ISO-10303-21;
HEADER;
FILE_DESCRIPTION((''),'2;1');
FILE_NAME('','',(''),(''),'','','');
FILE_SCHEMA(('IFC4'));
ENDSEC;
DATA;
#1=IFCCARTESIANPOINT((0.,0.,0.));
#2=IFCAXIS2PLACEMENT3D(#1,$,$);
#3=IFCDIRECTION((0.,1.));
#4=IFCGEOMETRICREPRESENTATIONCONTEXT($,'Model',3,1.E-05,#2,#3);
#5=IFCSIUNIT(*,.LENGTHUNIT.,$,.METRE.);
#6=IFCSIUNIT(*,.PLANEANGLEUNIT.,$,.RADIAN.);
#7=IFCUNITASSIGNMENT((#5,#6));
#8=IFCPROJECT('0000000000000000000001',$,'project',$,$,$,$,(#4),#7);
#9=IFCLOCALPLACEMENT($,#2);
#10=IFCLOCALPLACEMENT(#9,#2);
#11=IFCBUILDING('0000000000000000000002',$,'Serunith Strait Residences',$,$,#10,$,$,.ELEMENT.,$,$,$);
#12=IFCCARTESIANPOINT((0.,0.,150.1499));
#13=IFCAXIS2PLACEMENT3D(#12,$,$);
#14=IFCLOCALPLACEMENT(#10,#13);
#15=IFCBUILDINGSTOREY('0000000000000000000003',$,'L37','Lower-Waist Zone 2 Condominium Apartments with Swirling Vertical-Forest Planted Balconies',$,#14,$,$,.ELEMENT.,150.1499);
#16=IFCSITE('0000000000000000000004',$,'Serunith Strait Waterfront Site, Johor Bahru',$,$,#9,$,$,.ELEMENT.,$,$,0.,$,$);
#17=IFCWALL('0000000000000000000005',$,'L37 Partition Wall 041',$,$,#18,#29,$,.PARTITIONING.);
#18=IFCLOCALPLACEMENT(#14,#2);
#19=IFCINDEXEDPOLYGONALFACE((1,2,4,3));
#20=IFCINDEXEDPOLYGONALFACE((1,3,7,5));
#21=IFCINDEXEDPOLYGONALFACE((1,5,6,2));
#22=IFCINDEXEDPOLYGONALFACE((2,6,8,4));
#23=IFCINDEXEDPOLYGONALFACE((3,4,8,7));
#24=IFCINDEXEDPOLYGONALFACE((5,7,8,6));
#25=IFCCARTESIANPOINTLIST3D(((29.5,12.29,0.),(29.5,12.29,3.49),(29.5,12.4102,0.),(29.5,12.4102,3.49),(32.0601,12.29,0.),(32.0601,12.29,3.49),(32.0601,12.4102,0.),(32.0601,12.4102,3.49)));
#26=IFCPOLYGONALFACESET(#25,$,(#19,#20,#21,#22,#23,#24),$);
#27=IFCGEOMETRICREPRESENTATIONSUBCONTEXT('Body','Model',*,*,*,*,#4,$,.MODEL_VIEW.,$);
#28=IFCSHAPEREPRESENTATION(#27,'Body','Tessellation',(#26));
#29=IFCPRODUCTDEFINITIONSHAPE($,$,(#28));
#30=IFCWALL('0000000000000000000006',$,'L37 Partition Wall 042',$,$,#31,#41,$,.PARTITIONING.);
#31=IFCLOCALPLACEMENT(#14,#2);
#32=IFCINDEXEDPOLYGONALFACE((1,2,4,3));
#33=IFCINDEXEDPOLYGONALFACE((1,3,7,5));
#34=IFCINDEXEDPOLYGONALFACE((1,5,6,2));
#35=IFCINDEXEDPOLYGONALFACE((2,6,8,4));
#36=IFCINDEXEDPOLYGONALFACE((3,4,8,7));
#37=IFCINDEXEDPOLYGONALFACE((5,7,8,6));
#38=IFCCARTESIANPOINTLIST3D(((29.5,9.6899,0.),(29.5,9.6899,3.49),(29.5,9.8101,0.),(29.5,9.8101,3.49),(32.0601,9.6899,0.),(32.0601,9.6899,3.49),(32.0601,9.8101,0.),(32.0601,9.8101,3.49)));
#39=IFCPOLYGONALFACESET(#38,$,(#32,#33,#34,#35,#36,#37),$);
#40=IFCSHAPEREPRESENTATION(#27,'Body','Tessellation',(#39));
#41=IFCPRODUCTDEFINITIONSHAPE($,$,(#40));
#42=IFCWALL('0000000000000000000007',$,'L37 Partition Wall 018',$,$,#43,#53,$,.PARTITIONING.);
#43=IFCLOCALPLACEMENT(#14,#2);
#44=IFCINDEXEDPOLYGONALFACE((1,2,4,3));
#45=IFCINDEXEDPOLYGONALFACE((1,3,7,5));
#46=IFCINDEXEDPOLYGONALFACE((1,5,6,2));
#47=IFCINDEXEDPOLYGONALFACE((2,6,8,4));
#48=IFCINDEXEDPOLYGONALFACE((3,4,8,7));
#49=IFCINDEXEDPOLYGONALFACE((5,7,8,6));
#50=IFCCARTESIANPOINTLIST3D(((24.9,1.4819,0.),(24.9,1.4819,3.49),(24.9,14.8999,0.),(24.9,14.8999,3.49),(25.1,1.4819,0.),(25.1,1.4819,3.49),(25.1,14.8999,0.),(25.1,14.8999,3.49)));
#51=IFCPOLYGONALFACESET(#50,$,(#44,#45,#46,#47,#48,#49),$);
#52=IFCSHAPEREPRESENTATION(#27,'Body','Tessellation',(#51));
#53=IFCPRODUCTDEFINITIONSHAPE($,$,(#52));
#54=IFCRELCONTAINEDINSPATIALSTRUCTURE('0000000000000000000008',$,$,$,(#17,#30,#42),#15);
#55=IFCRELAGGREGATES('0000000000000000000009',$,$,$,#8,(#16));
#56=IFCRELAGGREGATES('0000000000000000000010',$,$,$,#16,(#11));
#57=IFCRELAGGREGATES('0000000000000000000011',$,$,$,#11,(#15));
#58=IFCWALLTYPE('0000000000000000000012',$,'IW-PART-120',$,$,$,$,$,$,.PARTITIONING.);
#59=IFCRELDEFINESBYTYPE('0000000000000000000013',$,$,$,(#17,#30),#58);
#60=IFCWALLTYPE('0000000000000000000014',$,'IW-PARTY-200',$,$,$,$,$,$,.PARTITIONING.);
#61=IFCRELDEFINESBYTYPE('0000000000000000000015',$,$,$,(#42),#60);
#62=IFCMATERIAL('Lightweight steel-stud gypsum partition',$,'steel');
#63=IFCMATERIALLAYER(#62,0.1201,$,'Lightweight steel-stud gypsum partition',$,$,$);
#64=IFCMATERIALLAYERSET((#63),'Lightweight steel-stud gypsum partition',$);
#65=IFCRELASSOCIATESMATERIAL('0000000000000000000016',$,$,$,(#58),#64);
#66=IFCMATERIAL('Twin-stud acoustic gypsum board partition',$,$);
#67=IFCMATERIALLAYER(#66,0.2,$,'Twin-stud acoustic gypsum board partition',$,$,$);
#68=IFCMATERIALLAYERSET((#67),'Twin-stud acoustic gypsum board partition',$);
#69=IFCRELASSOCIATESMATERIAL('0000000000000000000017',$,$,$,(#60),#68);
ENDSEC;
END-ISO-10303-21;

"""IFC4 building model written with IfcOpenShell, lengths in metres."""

from ifc_helpers import new_model, si_unit, direction, frame, frame_2d, origin, place, context, subcontext, project, spatial, rectangle, extrude, material, layer, layer_set, type_object, element, save


model = new_model("IFC4")

# Units and contexts
model_context = context("Model", 3, precision=1e-05, world=origin(), true_north=direction((0.0, 1.0)))
body_context = subcontext(model_context, "Body", "Model", "MODEL_VIEW")
ifc_project = project(units=[si_unit("LENGTHUNIT", "METRE"), si_unit("PLANEANGLEUNIT", "RADIAN")], contexts=[model_context])

# Site, building, storey
site_placement = place(None, origin())
site = spatial("IfcSite", under=ifc_project, at=site_placement, Name="Serunith Strait Waterfront Site, Johor Bahru", CompositionType="ELEMENT", RefElevation=0.0)
building_placement = place(site_placement, origin())
building = spatial("IfcBuilding", under=site, at=building_placement, Name="Serunith Strait Residences", CompositionType="ELEMENT")
storey_placement = place(building_placement, frame((0.0, 0.0, 150.1499)))
storey = spatial("IfcBuildingStorey", under=building, at=storey_placement, Name="L37", Description="Lower-Waist Zone 2 Condominium Apartments with Swirling Vertical-Forest Planted Balconies", CompositionType="ELEMENT", Elevation=150.1499)

# Shared definitions
ifc_material_1 = material(Name="Lightweight steel-stud gypsum partition", Category="steel")
ifc_layer_1 = layer(ifc_material_1, 0.1201, Name="Lightweight steel-stud gypsum partition")
ifc_layer_set_1 = layer_set([ifc_layer_1], Name="Lightweight steel-stud gypsum partition")
wall_type_1 = type_object("IfcWallType", Name="IW-PART-120", PredefinedType="PARTITIONING", material=ifc_layer_set_1)

# Walls
for number, where, z_axis, x_axis, name in (
    (1, (29.5, 12.3501, 0.0), (0.0, 0.0, 1.0), (1.0, 0.0, 0.0), "L37 Partition Wall 041"),
    (2, (29.5, 9.75, 0.0), (0.0, 0.0, 1.0), (1.0, 0.0, 0.0), "L37 Partition Wall 042"),
):
    element("IfcWall", number, at=place(storey_placement, frame(where, z_axis=z_axis, x_axis=x_axis)), inside=storey, type_object=wall_type_1, Name=name, PredefinedType="PARTITIONING", context=body_context, shape_type="SweptSolid", body=[
        extrude(rectangle(XDim=2.5601, YDim=0.1201, at=frame_2d((1.28, 0.0))), origin(), (0.0, 0.0, 1.0), 3.49),
    ])
ifc_material_2 = material(Name="Twin-stud acoustic gypsum board partition")
ifc_layer_2 = layer(ifc_material_2, 0.2, Name="Twin-stud acoustic gypsum board partition")
ifc_layer_set_2 = layer_set([ifc_layer_2], Name="Twin-stud acoustic gypsum board partition")
wall_type_2 = type_object("IfcWallType", Name="IW-PARTY-200", PredefinedType="PARTITIONING", material=ifc_layer_set_2)
wall_1_placement = place(storey_placement, frame((25.0, 1.4819, 0.0), z_axis=(0.0, 0.0, 1.0), x_axis=(0.0, 1.0, 0.0)))
element("IfcWall", 3, at=wall_1_placement, inside=storey, type_object=wall_type_2, Name="L37 Partition Wall 018", PredefinedType="PARTITIONING", context=body_context, shape_type="SweptSolid", body=[
    extrude(rectangle(XDim=13.418, YDim=0.2, at=frame_2d((6.709, 0.0))), origin(), (0.0, 0.0, 1.0), 3.49),
])

save(model, "model.ifc")
